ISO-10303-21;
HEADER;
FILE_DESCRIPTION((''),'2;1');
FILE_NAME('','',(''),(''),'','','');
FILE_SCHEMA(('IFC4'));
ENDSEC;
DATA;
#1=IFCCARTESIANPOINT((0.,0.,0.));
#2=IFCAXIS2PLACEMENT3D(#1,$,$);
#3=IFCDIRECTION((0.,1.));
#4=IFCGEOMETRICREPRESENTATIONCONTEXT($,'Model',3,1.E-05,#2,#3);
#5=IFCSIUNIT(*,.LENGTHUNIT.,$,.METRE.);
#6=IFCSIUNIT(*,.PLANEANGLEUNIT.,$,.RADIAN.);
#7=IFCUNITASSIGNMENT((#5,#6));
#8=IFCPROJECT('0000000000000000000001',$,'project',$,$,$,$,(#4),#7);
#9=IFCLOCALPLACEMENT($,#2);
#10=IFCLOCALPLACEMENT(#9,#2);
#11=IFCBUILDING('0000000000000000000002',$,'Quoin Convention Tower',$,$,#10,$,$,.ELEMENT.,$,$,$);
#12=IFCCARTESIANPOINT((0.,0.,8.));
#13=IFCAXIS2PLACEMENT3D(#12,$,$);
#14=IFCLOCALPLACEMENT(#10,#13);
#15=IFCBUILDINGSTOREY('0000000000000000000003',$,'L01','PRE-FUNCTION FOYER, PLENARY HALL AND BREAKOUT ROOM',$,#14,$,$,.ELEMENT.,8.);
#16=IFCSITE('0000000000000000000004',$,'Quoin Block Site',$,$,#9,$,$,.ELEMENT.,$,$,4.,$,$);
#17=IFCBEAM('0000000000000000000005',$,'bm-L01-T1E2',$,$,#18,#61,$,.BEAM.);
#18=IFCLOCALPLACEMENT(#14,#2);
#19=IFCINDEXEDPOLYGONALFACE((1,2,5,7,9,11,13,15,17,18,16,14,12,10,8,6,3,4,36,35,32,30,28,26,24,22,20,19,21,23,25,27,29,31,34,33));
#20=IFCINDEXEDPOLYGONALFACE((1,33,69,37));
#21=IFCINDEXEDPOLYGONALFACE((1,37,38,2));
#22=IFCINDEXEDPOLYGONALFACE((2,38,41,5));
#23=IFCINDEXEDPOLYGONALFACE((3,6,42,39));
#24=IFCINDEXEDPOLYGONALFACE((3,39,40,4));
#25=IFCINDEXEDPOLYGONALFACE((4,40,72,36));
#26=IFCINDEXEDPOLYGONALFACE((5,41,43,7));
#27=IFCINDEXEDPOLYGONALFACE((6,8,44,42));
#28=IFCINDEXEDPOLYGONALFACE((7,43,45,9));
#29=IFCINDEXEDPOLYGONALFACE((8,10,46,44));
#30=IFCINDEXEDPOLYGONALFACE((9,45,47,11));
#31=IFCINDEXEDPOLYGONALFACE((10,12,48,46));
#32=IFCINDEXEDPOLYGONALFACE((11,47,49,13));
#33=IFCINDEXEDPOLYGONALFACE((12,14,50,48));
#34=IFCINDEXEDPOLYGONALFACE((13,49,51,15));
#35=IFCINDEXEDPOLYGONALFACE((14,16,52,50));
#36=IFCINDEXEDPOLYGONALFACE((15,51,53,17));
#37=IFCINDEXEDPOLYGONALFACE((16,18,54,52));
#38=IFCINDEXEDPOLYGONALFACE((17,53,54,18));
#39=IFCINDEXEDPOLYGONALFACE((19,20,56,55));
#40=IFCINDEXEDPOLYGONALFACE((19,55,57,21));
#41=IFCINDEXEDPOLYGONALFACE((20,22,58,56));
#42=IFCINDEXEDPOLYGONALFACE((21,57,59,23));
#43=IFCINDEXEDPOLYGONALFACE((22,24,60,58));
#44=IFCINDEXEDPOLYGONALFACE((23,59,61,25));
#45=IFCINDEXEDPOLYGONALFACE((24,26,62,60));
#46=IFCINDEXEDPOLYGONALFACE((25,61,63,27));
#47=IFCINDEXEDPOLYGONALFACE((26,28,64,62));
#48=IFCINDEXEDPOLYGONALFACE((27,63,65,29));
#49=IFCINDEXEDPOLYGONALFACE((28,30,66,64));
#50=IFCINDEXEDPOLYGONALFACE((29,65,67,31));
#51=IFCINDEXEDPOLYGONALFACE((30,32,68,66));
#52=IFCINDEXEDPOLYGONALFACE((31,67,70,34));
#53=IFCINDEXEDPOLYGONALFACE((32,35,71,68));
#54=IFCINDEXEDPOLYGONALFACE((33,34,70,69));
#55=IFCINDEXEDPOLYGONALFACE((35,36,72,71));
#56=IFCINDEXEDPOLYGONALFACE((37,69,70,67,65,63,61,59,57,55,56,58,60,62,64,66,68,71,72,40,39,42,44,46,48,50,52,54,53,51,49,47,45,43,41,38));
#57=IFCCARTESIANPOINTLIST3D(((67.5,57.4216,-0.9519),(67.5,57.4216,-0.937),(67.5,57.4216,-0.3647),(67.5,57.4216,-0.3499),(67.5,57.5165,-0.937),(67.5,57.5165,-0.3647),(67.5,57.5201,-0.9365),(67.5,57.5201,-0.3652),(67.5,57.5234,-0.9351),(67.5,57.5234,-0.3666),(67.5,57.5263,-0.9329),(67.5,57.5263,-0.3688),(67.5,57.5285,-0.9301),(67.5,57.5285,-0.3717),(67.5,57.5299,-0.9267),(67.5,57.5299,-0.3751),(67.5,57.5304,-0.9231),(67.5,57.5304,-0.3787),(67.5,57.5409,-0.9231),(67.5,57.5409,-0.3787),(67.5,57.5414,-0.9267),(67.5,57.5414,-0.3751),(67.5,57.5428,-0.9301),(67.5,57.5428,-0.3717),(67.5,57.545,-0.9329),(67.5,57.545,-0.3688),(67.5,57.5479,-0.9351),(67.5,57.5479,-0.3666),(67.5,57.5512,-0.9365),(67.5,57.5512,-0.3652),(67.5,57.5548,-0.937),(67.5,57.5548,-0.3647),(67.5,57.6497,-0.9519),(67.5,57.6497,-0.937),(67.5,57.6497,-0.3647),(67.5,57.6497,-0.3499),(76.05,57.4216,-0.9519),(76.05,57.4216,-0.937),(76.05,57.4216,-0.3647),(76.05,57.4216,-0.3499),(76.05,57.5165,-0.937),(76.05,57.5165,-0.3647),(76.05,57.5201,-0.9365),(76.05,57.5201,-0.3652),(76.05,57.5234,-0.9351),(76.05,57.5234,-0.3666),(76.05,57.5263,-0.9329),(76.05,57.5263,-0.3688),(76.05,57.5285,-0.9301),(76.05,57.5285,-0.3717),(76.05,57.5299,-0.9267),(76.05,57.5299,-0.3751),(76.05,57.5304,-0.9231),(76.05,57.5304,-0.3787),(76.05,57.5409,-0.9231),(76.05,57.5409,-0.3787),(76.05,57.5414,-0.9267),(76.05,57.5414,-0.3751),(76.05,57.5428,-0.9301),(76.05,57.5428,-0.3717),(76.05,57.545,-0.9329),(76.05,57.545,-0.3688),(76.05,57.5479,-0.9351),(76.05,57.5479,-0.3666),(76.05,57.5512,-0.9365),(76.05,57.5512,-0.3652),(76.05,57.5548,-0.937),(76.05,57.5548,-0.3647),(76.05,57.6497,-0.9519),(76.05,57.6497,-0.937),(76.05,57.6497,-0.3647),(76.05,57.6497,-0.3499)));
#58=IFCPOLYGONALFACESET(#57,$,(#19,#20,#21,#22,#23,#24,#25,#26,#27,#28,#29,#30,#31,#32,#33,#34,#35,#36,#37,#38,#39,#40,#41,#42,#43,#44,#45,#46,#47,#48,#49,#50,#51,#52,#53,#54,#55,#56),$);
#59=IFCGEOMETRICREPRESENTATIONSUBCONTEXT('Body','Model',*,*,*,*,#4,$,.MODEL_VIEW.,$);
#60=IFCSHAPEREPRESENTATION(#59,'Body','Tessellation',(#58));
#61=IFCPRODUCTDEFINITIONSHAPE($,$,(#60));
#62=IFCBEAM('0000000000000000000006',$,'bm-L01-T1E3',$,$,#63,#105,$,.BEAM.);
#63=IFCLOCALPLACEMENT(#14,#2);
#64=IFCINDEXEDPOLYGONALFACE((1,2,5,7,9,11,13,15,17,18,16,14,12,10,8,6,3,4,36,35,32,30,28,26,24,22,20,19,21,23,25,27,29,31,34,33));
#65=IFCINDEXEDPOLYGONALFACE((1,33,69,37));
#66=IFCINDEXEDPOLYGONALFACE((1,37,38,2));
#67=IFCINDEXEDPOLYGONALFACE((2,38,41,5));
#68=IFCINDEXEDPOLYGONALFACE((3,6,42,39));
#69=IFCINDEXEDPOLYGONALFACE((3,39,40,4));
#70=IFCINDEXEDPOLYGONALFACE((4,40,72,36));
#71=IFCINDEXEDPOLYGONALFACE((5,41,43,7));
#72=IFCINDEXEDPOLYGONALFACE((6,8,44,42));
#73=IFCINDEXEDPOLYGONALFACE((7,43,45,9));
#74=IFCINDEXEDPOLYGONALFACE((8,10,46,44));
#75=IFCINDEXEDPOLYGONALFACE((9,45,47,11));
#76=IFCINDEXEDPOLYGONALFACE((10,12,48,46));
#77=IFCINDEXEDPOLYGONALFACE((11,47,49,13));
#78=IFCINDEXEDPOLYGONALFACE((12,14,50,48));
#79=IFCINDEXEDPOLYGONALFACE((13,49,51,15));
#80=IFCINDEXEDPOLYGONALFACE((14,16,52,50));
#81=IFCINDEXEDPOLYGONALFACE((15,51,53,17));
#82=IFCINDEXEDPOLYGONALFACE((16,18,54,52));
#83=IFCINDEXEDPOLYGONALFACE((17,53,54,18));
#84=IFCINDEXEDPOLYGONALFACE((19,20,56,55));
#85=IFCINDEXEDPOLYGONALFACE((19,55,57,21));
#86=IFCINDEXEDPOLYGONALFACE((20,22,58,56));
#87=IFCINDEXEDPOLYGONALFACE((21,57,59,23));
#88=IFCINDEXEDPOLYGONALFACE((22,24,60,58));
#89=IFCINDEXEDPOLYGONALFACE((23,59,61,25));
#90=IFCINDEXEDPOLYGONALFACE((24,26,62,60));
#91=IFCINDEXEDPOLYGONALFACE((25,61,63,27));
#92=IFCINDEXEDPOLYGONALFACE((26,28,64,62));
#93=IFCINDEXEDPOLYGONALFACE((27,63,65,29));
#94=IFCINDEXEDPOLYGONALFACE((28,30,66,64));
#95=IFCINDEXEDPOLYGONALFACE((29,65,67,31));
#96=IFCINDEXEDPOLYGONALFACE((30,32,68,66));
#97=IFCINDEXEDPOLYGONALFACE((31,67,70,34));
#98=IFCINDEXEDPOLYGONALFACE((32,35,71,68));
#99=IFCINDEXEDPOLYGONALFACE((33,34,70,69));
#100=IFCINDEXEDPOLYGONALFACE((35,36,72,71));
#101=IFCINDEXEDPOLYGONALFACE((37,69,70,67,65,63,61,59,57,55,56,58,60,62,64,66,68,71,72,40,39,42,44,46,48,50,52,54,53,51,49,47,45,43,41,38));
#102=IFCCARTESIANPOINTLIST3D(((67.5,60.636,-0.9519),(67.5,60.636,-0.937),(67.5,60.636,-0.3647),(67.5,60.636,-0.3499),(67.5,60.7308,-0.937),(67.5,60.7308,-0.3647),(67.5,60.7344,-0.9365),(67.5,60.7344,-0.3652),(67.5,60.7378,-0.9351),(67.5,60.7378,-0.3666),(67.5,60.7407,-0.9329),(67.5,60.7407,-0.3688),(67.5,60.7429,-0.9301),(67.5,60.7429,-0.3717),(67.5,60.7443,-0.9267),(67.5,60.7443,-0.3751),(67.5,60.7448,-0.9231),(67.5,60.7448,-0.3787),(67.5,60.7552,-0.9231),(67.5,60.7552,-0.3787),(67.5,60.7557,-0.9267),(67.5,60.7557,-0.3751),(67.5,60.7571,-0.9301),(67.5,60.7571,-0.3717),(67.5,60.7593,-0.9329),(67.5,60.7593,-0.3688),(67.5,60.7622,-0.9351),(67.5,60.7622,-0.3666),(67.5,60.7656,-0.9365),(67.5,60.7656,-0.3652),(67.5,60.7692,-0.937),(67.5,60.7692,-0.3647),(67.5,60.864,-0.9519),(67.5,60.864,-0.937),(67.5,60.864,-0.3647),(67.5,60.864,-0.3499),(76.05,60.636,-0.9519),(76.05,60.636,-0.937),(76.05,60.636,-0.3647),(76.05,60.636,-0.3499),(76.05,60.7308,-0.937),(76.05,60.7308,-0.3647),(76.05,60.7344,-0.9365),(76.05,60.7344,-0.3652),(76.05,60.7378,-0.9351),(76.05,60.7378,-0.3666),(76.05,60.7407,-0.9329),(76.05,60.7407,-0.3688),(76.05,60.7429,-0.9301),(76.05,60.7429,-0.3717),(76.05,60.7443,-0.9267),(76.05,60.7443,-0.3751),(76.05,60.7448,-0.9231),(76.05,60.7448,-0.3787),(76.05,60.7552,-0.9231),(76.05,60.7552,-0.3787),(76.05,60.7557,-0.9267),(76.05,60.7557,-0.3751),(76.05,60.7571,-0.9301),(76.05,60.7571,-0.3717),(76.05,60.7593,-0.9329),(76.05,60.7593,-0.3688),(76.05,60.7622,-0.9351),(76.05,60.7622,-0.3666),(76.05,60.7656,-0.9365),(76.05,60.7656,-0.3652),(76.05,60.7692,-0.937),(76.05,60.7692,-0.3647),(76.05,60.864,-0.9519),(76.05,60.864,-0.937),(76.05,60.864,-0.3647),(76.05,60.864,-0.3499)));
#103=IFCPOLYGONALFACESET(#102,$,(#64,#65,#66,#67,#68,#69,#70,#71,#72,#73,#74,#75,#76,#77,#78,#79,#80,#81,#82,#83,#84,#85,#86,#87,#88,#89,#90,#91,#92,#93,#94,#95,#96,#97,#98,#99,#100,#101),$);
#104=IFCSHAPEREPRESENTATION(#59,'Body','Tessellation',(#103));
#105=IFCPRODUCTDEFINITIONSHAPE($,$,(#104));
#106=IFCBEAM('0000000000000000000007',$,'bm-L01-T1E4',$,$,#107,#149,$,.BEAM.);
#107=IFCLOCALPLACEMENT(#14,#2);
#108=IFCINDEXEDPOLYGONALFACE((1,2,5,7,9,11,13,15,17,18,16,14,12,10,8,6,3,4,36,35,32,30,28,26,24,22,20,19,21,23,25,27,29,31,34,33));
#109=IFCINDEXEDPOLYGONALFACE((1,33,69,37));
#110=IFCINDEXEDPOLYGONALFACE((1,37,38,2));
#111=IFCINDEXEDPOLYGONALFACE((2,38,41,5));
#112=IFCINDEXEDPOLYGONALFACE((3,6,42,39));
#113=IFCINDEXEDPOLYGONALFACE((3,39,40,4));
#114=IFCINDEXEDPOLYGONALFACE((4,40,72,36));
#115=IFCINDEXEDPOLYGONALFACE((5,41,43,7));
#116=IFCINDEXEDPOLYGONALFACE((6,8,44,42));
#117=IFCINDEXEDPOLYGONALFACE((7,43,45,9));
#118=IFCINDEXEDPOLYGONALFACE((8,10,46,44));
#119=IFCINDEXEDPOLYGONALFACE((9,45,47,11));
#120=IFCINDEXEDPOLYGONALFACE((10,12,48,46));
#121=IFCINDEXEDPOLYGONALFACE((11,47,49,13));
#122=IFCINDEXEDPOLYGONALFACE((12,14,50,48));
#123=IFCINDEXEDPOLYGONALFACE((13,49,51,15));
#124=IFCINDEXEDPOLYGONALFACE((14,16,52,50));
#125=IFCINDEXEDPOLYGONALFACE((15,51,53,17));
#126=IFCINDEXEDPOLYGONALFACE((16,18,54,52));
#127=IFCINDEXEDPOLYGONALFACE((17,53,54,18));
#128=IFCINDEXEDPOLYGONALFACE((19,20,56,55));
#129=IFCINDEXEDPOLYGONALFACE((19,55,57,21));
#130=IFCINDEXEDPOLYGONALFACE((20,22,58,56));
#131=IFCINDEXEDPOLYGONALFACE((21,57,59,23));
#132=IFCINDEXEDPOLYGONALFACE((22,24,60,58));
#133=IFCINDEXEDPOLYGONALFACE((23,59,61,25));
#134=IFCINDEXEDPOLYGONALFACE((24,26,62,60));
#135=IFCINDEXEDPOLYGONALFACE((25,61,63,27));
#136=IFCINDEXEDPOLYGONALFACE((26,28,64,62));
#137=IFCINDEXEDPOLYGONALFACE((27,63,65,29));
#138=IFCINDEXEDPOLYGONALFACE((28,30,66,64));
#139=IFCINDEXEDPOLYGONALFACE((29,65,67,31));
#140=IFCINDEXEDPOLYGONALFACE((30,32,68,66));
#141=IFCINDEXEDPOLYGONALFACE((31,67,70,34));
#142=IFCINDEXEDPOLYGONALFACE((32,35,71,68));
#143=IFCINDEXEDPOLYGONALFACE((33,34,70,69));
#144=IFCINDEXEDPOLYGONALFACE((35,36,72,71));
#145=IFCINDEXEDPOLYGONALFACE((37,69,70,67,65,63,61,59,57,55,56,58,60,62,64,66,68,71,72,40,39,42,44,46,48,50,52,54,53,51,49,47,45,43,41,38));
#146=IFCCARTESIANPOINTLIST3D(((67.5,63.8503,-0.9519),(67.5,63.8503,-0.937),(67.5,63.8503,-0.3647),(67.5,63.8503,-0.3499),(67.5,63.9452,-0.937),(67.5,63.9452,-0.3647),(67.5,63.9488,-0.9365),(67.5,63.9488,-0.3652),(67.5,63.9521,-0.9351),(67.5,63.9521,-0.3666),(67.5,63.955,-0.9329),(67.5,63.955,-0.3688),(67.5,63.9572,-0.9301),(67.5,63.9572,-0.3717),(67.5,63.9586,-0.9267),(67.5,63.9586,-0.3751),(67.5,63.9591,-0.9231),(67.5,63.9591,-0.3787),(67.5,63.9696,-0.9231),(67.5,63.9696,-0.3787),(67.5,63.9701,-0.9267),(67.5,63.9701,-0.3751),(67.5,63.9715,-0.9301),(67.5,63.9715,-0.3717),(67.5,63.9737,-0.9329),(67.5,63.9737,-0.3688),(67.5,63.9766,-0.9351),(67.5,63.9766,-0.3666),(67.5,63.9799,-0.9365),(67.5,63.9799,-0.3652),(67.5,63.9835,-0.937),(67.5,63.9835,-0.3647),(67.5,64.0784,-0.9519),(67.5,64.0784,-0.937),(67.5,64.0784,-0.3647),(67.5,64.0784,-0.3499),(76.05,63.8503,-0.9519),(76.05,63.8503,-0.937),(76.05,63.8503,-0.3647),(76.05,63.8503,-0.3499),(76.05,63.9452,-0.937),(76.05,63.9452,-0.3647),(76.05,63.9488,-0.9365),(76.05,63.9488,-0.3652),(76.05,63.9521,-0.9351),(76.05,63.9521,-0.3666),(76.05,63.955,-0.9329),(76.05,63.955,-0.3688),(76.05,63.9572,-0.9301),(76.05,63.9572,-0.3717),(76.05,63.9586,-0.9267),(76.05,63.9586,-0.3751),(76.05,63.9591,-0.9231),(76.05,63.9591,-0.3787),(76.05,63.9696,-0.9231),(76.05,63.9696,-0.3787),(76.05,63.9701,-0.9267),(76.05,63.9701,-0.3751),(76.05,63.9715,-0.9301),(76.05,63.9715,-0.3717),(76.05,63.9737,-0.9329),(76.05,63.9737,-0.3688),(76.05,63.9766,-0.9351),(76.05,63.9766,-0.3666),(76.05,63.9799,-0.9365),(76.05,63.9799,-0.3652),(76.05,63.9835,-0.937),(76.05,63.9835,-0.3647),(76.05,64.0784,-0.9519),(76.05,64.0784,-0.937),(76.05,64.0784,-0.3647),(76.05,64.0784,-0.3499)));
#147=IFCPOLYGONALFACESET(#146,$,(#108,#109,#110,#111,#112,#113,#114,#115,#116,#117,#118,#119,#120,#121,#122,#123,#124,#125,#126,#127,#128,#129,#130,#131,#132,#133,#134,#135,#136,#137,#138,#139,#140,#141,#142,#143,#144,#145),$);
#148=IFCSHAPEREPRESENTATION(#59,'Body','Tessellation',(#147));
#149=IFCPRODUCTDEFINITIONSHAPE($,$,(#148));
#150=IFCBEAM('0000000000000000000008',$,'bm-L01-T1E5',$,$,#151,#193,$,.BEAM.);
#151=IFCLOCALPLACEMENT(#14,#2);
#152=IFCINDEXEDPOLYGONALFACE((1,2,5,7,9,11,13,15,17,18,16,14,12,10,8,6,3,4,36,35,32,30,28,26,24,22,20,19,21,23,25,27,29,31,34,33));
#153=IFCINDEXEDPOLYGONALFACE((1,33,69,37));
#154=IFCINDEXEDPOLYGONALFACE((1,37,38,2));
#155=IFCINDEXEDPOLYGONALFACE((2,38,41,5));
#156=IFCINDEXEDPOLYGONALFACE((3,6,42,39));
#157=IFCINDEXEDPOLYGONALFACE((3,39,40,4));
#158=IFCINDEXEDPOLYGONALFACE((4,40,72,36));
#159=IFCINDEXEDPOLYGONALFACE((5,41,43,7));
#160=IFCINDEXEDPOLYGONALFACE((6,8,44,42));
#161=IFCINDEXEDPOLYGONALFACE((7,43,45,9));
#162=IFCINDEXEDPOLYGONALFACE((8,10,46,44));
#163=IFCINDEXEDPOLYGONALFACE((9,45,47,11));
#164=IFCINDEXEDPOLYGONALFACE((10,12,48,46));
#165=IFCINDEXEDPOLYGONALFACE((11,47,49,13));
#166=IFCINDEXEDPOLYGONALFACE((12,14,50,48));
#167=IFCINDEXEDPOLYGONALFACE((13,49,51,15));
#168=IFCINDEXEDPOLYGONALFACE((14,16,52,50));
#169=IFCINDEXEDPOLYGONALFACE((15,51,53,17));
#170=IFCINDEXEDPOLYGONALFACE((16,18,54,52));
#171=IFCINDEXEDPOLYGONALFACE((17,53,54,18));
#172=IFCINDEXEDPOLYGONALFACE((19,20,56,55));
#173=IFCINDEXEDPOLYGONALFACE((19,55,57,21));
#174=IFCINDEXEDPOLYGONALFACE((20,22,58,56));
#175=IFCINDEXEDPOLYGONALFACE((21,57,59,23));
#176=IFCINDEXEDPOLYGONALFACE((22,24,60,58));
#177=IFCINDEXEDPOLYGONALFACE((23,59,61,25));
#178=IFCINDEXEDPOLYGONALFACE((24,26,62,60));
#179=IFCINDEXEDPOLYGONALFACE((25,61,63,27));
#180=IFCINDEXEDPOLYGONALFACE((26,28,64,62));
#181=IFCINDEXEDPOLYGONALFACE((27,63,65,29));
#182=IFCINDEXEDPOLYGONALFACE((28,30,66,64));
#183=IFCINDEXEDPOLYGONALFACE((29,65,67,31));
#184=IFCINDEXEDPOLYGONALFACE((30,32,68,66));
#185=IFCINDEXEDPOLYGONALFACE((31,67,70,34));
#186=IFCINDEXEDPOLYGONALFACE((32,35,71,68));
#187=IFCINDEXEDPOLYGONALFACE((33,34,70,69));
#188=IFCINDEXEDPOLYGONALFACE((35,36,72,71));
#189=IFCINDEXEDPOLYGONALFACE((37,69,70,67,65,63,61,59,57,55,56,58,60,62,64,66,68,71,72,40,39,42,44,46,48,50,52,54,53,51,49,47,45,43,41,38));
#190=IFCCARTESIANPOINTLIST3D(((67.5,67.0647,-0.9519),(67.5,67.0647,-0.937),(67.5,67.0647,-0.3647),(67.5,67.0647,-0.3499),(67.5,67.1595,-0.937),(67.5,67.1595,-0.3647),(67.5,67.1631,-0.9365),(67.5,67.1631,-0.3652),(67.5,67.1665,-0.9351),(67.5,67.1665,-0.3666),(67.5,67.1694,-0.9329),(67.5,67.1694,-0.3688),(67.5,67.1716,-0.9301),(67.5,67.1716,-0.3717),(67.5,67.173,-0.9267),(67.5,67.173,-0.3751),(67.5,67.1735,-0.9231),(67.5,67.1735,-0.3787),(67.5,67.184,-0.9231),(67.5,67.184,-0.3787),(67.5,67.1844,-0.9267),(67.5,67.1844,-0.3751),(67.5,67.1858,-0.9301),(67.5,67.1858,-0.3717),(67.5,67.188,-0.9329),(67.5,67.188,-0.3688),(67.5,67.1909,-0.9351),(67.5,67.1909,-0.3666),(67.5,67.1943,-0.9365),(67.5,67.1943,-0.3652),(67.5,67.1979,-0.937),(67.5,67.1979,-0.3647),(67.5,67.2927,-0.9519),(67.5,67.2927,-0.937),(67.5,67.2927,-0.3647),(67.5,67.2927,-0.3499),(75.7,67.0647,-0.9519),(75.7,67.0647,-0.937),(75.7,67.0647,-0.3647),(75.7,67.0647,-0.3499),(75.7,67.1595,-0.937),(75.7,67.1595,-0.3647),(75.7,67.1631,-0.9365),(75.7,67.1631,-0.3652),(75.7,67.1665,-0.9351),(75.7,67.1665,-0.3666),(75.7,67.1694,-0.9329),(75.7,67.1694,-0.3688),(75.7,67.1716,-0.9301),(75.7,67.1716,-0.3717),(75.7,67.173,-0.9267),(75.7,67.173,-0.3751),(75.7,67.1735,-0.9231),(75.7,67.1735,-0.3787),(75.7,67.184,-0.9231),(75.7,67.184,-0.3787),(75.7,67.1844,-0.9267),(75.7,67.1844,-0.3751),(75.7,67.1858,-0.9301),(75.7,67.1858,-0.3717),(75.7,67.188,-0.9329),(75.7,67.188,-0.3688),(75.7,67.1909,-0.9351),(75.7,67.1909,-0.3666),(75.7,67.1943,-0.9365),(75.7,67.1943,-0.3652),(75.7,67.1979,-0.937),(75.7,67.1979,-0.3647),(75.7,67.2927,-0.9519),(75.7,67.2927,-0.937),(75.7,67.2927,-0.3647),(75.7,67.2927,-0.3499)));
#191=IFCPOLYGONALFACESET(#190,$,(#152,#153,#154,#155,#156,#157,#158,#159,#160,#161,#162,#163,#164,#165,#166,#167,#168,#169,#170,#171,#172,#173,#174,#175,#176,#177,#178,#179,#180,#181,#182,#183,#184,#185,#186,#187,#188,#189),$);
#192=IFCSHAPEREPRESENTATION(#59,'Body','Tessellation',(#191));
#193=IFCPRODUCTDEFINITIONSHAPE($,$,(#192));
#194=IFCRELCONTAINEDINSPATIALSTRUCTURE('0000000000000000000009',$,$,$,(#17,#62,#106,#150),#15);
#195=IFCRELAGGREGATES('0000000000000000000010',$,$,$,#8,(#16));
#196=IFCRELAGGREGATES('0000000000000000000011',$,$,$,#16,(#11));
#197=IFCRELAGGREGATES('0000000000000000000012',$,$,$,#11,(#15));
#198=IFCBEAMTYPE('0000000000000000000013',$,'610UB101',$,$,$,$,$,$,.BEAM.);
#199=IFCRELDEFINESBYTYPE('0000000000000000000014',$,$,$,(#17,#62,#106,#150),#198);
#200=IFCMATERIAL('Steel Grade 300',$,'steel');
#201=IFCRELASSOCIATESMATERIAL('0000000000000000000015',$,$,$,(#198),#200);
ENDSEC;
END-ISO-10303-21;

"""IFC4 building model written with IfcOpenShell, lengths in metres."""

from ifc_helpers import new_model, si_unit, direction, frame, origin, origin_2d, place, context, subcontext, project, spatial, i_section, extrude, material, material_profile, profile_set, type_object, element, save


model = new_model("IFC4")

# Units and contexts
model_context = context("Model", 3, precision=1e-05, world=origin(), true_north=direction((0.0, 1.0)))
body_context = subcontext(model_context, "Body", "Model", "MODEL_VIEW")
ifc_project = project(units=[si_unit("LENGTHUNIT", "METRE"), si_unit("PLANEANGLEUNIT", "RADIAN")], contexts=[model_context])

# Site, building, storey
site_placement = place(None, origin())
site = spatial("IfcSite", under=ifc_project, at=site_placement, Name="Quoin Block Site", CompositionType="ELEMENT", RefElevation=4.0)
building_placement = place(site_placement, origin())
building = spatial("IfcBuilding", under=site, at=building_placement, Name="Quoin Convention Tower", CompositionType="ELEMENT")
storey_placement = place(building_placement, frame((0.0, 0.0, 8.0)))
storey = spatial("IfcBuildingStorey", under=building, at=storey_placement, Name="L01", Description="PRE-FUNCTION FOYER, PLENARY HALL AND BREAKOUT ROOM", CompositionType="ELEMENT", Elevation=8.0)

# Beams
ifc_material_1 = material(Name="Steel Grade 300", Category="steel")
ifc_material_profile_1 = material_profile(ifc_material_1, i_section(OverallWidth=0.228, OverallDepth=0.6021, WebThickness=0.0105, FlangeThickness=0.0149, FilletRadius=0.0139, at=origin_2d()), Name="610UB101")
ifc_profile_set_1 = profile_set([ifc_material_profile_1], Name="Steel Grade 300")
beam_type_1 = type_object("IfcBeamType", Name="610UB101", PredefinedType="BEAM", material=ifc_profile_set_1)
for number, where, z_axis, x_axis, name in (
    (1, (67.5, 57.5356, -0.6509), (1.0, 0.0, 0.0), (0.0, 1.0, 0.0), "bm-L01-T1E2"),
    (2, (67.5, 60.75, -0.6509), (1.0, 0.0, 0.0), (0.0, 1.0, 0.0), "bm-L01-T1E3"),
    (3, (67.5, 63.9644, -0.6509), (1.0, 0.0, 0.0), (0.0, 1.0, 0.0), "bm-L01-T1E4"),
):
    element("IfcBeam", number, at=place(storey_placement, frame(where, z_axis=z_axis, x_axis=x_axis)), inside=storey, type_object=beam_type_1, Name=name, PredefinedType="BEAM", context=body_context, shape_type="SweptSolid", body=[
        extrude(i_section(OverallWidth=0.228, OverallDepth=0.6021, WebThickness=0.0105, FlangeThickness=0.0149, FilletRadius=0.0139, at=origin_2d()), origin(), (0.0, 0.0, 1.0), 8.55),
    ])
beam_1_placement = place(storey_placement, frame((67.5, 67.1787, -0.6509), z_axis=(1.0, 0.0, 0.0), x_axis=(0.0, 1.0, 0.0)))
element("IfcBeam", 4, at=beam_1_placement, inside=storey, type_object=beam_type_1, Name="bm-L01-T1E5", PredefinedType="BEAM", context=body_context, shape_type="SweptSolid", body=[
    extrude(i_section(OverallWidth=0.228, OverallDepth=0.6021, WebThickness=0.0105, FlangeThickness=0.0149, FilletRadius=0.0139, at=origin_2d()), origin(), (0.0, 0.0, 1.0), 8.2),
])

save(model, "model.ifc")
